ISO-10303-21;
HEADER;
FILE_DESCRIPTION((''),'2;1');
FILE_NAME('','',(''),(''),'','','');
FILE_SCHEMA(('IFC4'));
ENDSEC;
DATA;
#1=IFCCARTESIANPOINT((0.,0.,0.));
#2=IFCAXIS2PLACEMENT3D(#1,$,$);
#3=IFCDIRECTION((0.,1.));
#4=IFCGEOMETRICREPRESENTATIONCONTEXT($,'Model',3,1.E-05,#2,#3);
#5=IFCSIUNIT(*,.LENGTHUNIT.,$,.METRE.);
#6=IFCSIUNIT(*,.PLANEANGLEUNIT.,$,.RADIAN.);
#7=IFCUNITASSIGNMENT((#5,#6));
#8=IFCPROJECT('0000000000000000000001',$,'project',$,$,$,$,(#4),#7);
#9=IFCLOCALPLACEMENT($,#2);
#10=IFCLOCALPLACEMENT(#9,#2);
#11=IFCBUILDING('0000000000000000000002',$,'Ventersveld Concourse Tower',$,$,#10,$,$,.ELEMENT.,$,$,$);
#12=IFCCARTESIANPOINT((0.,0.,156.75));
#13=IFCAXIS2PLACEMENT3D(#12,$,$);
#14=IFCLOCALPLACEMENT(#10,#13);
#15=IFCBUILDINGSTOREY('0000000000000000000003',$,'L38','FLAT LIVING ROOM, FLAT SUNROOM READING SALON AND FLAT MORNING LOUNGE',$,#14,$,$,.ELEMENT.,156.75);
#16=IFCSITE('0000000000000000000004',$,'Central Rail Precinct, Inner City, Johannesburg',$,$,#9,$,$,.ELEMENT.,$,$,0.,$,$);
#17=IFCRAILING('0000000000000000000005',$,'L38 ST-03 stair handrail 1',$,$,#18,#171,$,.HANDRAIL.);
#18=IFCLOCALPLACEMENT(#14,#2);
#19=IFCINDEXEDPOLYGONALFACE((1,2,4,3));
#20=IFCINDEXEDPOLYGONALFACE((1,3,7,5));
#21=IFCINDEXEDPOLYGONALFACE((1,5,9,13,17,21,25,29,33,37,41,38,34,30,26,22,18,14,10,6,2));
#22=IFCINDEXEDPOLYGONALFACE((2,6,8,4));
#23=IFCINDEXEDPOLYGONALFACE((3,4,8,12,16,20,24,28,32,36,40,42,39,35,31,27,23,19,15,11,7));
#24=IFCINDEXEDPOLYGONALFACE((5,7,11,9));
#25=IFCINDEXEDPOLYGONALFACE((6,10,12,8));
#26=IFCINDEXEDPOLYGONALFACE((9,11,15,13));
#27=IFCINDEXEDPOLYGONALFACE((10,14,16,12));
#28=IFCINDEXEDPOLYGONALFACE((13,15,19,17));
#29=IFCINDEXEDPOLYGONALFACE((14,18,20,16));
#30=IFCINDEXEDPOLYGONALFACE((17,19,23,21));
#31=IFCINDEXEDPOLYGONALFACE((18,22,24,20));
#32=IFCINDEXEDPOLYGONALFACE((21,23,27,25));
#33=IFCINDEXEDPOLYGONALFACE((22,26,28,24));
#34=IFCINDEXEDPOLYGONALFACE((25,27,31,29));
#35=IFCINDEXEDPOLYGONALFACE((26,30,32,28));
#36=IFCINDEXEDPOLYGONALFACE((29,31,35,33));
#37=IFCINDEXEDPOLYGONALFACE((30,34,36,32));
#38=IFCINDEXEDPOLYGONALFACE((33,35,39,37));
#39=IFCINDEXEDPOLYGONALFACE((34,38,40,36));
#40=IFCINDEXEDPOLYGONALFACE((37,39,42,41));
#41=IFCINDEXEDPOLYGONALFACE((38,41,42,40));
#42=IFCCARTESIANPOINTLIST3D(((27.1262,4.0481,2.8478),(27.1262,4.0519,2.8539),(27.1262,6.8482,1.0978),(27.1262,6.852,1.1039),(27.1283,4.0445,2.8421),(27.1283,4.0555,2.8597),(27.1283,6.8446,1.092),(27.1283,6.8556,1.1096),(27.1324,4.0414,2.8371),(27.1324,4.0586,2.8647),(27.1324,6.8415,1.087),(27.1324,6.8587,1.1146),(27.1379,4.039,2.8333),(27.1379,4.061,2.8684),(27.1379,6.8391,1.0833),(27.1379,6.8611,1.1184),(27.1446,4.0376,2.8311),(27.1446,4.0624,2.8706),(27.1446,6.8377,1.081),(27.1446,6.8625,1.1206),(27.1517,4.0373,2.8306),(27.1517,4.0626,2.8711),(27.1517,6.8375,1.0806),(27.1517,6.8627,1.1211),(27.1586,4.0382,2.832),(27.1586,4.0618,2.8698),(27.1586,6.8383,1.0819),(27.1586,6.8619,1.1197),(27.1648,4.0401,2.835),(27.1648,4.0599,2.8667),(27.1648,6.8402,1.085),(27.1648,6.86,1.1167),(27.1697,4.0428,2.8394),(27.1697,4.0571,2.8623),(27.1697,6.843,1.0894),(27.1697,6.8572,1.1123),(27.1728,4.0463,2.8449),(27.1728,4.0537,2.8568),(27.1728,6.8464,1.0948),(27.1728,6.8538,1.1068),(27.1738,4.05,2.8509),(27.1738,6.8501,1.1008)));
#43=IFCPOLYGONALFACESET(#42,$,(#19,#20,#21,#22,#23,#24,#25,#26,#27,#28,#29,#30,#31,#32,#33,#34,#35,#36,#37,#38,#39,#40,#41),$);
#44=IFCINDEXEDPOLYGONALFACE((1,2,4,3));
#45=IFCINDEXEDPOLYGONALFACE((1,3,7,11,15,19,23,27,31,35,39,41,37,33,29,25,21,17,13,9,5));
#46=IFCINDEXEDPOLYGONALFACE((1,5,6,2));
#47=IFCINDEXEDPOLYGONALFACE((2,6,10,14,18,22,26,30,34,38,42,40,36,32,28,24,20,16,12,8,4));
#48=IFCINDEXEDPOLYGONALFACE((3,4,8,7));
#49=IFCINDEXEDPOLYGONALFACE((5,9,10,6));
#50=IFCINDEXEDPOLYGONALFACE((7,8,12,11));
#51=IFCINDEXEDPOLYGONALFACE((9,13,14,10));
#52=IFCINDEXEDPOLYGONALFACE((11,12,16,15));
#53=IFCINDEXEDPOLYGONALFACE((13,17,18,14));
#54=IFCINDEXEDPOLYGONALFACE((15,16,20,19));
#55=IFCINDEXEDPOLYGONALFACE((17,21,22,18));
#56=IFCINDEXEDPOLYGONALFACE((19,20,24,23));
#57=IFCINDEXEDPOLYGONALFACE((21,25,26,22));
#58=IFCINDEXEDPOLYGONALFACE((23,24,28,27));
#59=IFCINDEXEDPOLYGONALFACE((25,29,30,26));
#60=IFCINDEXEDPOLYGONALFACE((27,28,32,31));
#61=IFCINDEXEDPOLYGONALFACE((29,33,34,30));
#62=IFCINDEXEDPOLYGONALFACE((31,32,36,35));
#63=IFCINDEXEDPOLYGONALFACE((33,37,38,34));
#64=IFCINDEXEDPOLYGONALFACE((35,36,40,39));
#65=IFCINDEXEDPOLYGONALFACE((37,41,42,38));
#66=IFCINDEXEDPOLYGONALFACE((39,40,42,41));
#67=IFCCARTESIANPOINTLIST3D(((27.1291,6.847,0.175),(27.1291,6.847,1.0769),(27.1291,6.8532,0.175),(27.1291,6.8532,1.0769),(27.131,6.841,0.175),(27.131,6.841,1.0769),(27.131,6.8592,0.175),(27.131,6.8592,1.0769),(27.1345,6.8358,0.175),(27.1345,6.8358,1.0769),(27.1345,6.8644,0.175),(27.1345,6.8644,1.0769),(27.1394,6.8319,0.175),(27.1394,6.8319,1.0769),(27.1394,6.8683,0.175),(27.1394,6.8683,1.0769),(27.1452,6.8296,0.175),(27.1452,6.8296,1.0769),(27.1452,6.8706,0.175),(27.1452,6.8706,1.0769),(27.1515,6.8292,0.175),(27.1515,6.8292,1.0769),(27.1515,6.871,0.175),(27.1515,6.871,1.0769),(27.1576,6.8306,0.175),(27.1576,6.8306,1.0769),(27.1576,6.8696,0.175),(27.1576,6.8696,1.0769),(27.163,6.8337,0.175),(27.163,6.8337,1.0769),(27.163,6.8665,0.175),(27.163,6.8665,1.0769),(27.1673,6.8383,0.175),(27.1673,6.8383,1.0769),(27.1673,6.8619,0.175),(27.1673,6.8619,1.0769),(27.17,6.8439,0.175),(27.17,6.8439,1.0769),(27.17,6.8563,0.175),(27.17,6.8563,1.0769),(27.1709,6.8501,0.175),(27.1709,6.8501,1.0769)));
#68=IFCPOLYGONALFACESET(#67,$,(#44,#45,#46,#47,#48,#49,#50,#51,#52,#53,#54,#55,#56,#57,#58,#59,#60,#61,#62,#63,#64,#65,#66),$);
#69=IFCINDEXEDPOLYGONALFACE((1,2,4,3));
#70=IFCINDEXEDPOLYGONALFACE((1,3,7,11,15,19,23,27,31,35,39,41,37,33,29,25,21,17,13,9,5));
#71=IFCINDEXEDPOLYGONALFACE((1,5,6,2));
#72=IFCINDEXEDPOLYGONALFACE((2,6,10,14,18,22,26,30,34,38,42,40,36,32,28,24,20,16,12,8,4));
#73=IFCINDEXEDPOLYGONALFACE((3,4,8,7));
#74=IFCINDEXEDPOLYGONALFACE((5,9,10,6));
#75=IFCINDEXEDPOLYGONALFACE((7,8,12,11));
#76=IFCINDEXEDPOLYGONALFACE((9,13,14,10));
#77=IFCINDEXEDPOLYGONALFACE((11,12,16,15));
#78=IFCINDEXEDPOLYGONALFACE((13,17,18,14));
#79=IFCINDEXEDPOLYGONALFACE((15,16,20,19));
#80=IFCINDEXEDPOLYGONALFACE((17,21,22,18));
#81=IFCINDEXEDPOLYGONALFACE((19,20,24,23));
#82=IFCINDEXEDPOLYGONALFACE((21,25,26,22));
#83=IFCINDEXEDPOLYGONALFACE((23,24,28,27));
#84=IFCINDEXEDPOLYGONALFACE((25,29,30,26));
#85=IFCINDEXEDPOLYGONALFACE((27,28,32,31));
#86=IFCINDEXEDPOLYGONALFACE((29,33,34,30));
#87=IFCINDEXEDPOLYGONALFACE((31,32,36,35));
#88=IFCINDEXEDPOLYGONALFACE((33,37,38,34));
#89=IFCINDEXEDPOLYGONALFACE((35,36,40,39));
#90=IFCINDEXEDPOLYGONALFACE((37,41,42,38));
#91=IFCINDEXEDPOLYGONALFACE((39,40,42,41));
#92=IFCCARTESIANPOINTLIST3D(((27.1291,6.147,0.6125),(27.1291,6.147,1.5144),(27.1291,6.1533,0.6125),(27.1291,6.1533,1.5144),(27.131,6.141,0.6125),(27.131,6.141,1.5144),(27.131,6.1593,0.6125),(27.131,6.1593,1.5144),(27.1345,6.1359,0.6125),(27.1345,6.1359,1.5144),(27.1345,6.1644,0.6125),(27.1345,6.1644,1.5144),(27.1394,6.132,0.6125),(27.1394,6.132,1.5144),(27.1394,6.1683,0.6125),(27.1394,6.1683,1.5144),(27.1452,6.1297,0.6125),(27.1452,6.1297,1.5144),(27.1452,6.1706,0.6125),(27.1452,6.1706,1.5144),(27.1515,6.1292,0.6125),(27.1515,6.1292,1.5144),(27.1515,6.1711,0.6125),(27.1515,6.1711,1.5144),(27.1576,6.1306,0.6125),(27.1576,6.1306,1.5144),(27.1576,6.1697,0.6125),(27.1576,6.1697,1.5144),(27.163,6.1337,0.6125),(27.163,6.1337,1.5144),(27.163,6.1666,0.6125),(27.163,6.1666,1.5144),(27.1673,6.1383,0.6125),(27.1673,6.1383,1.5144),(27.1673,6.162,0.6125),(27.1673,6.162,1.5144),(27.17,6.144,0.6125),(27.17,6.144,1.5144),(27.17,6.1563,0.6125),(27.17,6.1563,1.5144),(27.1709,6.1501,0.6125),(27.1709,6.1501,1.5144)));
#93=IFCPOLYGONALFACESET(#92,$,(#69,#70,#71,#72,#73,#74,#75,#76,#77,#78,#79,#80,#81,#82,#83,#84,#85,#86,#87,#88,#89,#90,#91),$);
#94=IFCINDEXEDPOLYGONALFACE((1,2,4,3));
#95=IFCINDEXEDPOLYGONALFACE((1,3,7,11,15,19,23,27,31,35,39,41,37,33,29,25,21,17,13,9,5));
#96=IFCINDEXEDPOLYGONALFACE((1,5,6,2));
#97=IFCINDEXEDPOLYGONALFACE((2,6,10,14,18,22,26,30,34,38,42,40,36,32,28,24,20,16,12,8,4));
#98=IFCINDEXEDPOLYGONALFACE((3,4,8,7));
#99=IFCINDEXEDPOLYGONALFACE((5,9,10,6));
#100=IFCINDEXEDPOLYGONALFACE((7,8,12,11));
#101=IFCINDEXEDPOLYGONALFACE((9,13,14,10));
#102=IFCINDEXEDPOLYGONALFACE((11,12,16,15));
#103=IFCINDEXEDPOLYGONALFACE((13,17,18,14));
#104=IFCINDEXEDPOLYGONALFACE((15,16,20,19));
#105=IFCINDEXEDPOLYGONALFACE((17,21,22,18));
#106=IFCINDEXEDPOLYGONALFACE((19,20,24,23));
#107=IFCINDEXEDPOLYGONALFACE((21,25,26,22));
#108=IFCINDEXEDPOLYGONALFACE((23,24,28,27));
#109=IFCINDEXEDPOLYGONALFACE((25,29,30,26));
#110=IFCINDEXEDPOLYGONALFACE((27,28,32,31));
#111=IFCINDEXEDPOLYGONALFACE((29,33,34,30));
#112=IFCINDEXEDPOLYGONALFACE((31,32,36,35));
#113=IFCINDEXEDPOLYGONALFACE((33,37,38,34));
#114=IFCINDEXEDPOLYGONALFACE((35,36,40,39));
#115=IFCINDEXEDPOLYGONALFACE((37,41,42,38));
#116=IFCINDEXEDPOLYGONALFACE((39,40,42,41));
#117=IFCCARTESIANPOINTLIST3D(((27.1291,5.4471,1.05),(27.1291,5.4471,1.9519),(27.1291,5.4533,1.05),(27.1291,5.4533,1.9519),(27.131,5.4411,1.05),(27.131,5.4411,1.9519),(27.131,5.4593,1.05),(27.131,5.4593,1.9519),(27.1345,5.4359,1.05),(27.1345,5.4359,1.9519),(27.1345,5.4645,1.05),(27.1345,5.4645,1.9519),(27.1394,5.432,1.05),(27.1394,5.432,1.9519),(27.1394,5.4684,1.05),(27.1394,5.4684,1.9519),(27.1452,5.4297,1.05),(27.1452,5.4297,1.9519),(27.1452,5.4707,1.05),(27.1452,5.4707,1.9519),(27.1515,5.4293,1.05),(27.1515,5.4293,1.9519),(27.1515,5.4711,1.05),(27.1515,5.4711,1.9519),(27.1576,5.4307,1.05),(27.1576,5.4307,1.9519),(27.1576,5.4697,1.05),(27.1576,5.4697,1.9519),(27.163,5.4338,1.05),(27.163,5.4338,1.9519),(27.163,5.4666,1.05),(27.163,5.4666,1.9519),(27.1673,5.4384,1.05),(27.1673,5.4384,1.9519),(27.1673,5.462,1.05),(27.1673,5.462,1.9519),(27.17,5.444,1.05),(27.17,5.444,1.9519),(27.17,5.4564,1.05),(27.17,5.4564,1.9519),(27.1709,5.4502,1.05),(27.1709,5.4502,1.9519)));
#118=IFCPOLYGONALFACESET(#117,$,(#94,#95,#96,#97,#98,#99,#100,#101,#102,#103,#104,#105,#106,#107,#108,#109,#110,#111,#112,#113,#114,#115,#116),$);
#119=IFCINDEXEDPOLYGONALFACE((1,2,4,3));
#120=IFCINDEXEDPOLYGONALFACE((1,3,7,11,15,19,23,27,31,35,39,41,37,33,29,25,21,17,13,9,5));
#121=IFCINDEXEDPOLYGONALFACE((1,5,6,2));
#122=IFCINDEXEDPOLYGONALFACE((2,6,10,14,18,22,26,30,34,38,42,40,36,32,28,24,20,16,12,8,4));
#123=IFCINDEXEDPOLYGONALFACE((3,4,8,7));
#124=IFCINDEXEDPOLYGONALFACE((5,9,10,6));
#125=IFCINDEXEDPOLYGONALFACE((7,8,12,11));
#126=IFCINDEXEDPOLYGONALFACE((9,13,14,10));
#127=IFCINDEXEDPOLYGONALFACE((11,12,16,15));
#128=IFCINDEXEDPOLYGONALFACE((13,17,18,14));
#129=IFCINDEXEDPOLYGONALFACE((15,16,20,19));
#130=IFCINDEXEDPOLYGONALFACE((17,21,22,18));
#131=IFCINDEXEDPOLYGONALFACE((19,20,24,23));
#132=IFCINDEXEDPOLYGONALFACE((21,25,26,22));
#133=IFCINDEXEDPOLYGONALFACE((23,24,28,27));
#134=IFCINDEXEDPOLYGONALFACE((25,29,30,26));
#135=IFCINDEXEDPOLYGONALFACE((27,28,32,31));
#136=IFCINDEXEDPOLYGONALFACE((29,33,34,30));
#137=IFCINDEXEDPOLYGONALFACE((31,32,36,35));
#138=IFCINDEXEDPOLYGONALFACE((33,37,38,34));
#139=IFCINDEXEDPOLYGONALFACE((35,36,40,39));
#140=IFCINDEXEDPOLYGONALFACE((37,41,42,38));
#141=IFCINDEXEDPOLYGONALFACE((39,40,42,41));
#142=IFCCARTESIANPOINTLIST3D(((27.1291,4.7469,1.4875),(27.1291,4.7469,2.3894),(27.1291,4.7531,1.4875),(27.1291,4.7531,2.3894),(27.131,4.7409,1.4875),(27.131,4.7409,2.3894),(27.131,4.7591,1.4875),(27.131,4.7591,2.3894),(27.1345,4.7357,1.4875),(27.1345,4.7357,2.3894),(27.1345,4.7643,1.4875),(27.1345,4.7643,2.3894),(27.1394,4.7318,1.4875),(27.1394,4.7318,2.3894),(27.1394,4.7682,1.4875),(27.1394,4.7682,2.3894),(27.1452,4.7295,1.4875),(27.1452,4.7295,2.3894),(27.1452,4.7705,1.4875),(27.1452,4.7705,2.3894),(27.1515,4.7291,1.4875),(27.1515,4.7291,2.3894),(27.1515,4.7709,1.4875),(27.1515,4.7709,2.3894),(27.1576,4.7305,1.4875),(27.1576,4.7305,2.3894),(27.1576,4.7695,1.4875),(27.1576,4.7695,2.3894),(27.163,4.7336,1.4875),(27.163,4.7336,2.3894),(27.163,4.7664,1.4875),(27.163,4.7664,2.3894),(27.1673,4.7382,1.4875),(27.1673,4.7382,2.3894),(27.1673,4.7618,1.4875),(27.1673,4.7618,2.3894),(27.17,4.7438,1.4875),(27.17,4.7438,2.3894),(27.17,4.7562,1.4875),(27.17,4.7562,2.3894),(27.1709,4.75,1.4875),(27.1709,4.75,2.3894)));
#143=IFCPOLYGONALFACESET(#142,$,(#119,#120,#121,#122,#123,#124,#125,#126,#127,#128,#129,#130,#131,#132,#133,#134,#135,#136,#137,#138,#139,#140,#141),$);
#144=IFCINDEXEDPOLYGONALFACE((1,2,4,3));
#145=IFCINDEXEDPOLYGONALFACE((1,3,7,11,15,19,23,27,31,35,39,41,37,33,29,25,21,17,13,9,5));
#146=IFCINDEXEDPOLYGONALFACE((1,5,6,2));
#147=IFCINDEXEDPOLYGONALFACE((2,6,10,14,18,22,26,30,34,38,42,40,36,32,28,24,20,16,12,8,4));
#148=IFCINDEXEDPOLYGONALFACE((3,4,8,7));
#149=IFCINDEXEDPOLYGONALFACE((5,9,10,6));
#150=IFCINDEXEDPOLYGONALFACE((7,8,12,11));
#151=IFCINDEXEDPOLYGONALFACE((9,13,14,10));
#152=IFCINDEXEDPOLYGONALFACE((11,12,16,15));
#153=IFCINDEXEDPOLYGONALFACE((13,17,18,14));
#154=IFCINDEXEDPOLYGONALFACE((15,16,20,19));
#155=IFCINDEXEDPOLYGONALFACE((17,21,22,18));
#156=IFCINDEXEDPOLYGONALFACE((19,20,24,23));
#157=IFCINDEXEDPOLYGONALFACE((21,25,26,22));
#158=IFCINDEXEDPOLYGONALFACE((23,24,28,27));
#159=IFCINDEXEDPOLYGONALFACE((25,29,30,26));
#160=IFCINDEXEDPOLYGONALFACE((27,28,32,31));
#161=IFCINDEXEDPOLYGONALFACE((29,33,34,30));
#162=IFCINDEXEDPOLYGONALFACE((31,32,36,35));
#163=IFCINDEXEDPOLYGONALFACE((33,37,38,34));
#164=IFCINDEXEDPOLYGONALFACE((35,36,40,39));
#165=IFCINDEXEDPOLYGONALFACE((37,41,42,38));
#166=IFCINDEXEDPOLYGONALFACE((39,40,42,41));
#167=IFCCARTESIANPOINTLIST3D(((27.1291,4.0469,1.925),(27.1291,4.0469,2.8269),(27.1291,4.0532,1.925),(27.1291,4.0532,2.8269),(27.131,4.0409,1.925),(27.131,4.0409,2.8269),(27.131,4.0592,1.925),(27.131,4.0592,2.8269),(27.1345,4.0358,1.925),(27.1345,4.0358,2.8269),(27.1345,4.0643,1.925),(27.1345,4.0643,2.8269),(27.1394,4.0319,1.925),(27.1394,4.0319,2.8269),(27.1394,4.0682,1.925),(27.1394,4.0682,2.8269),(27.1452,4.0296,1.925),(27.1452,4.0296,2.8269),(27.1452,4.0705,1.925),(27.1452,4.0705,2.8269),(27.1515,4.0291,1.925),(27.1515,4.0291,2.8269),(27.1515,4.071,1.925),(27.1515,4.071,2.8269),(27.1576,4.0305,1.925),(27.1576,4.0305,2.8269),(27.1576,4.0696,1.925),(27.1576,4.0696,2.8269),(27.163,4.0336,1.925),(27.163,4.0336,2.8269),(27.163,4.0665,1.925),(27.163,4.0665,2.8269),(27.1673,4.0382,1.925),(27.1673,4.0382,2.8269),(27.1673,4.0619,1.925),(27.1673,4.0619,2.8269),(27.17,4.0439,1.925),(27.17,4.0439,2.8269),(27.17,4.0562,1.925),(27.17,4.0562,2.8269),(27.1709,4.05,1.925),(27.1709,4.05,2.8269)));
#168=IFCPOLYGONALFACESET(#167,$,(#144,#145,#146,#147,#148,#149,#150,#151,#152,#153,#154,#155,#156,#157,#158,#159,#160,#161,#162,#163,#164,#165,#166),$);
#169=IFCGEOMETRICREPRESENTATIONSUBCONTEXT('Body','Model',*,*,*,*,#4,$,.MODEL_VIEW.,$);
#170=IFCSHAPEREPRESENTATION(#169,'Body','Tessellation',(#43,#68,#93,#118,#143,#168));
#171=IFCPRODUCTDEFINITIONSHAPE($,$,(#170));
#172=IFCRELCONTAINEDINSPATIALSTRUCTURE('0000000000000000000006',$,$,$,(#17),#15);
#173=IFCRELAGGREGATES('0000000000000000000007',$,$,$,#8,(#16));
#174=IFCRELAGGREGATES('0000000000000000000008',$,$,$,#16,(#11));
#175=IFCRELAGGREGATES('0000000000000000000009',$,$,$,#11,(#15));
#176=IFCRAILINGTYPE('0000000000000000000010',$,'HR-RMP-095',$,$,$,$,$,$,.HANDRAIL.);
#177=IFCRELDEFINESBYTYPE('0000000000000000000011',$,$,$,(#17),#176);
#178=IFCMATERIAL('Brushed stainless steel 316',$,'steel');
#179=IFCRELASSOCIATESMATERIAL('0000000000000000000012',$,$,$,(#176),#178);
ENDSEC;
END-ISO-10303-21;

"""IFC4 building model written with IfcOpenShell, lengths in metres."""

from ifc_helpers import new_model, si_unit, direction, frame, origin, origin_2d, place, context, subcontext, project, spatial, circle, extrude, material, type_object, element, save


model = new_model("IFC4")

# Units and contexts
model_context = context("Model", 3, precision=1e-05, world=origin(), true_north=direction((0.0, 1.0)))
body_context = subcontext(model_context, "Body", "Model", "MODEL_VIEW")
ifc_project = project(units=[si_unit("LENGTHUNIT", "METRE"), si_unit("PLANEANGLEUNIT", "RADIAN")], contexts=[model_context])

# Site, building, storey
site_placement = place(None, origin())
site = spatial("IfcSite", under=ifc_project, at=site_placement, Name="Central Rail Precinct, Inner City, Johannesburg", CompositionType="ELEMENT", RefElevation=0.0)
building_placement = place(site_placement, origin())
building = spatial("IfcBuilding", under=site, at=building_placement, Name="Ventersveld Concourse Tower", CompositionType="ELEMENT")
storey_placement = place(building_placement, frame((0.0, 0.0, 156.75)))
storey = spatial("IfcBuildingStorey", under=building, at=storey_placement, Name="L38", Description="FLAT LIVING ROOM, FLAT SUNROOM READING SALON AND FLAT MORNING LOUNGE", CompositionType="ELEMENT", Elevation=156.75)

# Shared definitions
ifc_material_1 = material(Name="Brushed stainless steel 316", Category="steel")

# Railing
railing_type_1 = type_object("IfcRailingType", Name="HR-RMP-095", PredefinedType="HANDRAIL", material=ifc_material_1)
railing_1_placement = place(storey_placement, frame((27.1499, 6.8501, 0.175)))
element("IfcRailing", 1, at=railing_1_placement, inside=storey, type_object=railing_type_1, Name="L38 ST-03 stair handrail 1", PredefinedType="HANDRAIL", context=body_context, shape_type="SweptSolid", body=[
    extrude(circle(Radius=0.0239, at=origin_2d()), frame((0.0, 0.0, 0.9258), z_axis=(0.0, -0.848002, 0.529992), x_axis=(1.0, 0.0, 0.0)), (0.0, 0.0, 1.0), 3.302),
    extrude(circle(Radius=0.021, at=origin_2d()), origin(), (0.0, 0.0, 1.0), 0.9019),
    extrude(circle(Radius=0.021, at=origin_2d()), frame((0.0, -0.7, 0.4375)), (0.0, 0.0, 1.0), 0.9019),
    extrude(circle(Radius=0.021, at=origin_2d()), frame((0.0, -1.3999, 0.875)), (0.0, 0.0, 1.0), 0.9019),
    extrude(circle(Radius=0.021, at=origin_2d()), frame((0.0, -2.1001, 1.3125)), (0.0, 0.0, 1.0), 0.9019),
    extrude(circle(Radius=0.021, at=origin_2d()), frame((0.0, -2.8, 1.75)), (0.0, 0.0, 1.0), 0.9019),
])

save(model, "model.ifc")
